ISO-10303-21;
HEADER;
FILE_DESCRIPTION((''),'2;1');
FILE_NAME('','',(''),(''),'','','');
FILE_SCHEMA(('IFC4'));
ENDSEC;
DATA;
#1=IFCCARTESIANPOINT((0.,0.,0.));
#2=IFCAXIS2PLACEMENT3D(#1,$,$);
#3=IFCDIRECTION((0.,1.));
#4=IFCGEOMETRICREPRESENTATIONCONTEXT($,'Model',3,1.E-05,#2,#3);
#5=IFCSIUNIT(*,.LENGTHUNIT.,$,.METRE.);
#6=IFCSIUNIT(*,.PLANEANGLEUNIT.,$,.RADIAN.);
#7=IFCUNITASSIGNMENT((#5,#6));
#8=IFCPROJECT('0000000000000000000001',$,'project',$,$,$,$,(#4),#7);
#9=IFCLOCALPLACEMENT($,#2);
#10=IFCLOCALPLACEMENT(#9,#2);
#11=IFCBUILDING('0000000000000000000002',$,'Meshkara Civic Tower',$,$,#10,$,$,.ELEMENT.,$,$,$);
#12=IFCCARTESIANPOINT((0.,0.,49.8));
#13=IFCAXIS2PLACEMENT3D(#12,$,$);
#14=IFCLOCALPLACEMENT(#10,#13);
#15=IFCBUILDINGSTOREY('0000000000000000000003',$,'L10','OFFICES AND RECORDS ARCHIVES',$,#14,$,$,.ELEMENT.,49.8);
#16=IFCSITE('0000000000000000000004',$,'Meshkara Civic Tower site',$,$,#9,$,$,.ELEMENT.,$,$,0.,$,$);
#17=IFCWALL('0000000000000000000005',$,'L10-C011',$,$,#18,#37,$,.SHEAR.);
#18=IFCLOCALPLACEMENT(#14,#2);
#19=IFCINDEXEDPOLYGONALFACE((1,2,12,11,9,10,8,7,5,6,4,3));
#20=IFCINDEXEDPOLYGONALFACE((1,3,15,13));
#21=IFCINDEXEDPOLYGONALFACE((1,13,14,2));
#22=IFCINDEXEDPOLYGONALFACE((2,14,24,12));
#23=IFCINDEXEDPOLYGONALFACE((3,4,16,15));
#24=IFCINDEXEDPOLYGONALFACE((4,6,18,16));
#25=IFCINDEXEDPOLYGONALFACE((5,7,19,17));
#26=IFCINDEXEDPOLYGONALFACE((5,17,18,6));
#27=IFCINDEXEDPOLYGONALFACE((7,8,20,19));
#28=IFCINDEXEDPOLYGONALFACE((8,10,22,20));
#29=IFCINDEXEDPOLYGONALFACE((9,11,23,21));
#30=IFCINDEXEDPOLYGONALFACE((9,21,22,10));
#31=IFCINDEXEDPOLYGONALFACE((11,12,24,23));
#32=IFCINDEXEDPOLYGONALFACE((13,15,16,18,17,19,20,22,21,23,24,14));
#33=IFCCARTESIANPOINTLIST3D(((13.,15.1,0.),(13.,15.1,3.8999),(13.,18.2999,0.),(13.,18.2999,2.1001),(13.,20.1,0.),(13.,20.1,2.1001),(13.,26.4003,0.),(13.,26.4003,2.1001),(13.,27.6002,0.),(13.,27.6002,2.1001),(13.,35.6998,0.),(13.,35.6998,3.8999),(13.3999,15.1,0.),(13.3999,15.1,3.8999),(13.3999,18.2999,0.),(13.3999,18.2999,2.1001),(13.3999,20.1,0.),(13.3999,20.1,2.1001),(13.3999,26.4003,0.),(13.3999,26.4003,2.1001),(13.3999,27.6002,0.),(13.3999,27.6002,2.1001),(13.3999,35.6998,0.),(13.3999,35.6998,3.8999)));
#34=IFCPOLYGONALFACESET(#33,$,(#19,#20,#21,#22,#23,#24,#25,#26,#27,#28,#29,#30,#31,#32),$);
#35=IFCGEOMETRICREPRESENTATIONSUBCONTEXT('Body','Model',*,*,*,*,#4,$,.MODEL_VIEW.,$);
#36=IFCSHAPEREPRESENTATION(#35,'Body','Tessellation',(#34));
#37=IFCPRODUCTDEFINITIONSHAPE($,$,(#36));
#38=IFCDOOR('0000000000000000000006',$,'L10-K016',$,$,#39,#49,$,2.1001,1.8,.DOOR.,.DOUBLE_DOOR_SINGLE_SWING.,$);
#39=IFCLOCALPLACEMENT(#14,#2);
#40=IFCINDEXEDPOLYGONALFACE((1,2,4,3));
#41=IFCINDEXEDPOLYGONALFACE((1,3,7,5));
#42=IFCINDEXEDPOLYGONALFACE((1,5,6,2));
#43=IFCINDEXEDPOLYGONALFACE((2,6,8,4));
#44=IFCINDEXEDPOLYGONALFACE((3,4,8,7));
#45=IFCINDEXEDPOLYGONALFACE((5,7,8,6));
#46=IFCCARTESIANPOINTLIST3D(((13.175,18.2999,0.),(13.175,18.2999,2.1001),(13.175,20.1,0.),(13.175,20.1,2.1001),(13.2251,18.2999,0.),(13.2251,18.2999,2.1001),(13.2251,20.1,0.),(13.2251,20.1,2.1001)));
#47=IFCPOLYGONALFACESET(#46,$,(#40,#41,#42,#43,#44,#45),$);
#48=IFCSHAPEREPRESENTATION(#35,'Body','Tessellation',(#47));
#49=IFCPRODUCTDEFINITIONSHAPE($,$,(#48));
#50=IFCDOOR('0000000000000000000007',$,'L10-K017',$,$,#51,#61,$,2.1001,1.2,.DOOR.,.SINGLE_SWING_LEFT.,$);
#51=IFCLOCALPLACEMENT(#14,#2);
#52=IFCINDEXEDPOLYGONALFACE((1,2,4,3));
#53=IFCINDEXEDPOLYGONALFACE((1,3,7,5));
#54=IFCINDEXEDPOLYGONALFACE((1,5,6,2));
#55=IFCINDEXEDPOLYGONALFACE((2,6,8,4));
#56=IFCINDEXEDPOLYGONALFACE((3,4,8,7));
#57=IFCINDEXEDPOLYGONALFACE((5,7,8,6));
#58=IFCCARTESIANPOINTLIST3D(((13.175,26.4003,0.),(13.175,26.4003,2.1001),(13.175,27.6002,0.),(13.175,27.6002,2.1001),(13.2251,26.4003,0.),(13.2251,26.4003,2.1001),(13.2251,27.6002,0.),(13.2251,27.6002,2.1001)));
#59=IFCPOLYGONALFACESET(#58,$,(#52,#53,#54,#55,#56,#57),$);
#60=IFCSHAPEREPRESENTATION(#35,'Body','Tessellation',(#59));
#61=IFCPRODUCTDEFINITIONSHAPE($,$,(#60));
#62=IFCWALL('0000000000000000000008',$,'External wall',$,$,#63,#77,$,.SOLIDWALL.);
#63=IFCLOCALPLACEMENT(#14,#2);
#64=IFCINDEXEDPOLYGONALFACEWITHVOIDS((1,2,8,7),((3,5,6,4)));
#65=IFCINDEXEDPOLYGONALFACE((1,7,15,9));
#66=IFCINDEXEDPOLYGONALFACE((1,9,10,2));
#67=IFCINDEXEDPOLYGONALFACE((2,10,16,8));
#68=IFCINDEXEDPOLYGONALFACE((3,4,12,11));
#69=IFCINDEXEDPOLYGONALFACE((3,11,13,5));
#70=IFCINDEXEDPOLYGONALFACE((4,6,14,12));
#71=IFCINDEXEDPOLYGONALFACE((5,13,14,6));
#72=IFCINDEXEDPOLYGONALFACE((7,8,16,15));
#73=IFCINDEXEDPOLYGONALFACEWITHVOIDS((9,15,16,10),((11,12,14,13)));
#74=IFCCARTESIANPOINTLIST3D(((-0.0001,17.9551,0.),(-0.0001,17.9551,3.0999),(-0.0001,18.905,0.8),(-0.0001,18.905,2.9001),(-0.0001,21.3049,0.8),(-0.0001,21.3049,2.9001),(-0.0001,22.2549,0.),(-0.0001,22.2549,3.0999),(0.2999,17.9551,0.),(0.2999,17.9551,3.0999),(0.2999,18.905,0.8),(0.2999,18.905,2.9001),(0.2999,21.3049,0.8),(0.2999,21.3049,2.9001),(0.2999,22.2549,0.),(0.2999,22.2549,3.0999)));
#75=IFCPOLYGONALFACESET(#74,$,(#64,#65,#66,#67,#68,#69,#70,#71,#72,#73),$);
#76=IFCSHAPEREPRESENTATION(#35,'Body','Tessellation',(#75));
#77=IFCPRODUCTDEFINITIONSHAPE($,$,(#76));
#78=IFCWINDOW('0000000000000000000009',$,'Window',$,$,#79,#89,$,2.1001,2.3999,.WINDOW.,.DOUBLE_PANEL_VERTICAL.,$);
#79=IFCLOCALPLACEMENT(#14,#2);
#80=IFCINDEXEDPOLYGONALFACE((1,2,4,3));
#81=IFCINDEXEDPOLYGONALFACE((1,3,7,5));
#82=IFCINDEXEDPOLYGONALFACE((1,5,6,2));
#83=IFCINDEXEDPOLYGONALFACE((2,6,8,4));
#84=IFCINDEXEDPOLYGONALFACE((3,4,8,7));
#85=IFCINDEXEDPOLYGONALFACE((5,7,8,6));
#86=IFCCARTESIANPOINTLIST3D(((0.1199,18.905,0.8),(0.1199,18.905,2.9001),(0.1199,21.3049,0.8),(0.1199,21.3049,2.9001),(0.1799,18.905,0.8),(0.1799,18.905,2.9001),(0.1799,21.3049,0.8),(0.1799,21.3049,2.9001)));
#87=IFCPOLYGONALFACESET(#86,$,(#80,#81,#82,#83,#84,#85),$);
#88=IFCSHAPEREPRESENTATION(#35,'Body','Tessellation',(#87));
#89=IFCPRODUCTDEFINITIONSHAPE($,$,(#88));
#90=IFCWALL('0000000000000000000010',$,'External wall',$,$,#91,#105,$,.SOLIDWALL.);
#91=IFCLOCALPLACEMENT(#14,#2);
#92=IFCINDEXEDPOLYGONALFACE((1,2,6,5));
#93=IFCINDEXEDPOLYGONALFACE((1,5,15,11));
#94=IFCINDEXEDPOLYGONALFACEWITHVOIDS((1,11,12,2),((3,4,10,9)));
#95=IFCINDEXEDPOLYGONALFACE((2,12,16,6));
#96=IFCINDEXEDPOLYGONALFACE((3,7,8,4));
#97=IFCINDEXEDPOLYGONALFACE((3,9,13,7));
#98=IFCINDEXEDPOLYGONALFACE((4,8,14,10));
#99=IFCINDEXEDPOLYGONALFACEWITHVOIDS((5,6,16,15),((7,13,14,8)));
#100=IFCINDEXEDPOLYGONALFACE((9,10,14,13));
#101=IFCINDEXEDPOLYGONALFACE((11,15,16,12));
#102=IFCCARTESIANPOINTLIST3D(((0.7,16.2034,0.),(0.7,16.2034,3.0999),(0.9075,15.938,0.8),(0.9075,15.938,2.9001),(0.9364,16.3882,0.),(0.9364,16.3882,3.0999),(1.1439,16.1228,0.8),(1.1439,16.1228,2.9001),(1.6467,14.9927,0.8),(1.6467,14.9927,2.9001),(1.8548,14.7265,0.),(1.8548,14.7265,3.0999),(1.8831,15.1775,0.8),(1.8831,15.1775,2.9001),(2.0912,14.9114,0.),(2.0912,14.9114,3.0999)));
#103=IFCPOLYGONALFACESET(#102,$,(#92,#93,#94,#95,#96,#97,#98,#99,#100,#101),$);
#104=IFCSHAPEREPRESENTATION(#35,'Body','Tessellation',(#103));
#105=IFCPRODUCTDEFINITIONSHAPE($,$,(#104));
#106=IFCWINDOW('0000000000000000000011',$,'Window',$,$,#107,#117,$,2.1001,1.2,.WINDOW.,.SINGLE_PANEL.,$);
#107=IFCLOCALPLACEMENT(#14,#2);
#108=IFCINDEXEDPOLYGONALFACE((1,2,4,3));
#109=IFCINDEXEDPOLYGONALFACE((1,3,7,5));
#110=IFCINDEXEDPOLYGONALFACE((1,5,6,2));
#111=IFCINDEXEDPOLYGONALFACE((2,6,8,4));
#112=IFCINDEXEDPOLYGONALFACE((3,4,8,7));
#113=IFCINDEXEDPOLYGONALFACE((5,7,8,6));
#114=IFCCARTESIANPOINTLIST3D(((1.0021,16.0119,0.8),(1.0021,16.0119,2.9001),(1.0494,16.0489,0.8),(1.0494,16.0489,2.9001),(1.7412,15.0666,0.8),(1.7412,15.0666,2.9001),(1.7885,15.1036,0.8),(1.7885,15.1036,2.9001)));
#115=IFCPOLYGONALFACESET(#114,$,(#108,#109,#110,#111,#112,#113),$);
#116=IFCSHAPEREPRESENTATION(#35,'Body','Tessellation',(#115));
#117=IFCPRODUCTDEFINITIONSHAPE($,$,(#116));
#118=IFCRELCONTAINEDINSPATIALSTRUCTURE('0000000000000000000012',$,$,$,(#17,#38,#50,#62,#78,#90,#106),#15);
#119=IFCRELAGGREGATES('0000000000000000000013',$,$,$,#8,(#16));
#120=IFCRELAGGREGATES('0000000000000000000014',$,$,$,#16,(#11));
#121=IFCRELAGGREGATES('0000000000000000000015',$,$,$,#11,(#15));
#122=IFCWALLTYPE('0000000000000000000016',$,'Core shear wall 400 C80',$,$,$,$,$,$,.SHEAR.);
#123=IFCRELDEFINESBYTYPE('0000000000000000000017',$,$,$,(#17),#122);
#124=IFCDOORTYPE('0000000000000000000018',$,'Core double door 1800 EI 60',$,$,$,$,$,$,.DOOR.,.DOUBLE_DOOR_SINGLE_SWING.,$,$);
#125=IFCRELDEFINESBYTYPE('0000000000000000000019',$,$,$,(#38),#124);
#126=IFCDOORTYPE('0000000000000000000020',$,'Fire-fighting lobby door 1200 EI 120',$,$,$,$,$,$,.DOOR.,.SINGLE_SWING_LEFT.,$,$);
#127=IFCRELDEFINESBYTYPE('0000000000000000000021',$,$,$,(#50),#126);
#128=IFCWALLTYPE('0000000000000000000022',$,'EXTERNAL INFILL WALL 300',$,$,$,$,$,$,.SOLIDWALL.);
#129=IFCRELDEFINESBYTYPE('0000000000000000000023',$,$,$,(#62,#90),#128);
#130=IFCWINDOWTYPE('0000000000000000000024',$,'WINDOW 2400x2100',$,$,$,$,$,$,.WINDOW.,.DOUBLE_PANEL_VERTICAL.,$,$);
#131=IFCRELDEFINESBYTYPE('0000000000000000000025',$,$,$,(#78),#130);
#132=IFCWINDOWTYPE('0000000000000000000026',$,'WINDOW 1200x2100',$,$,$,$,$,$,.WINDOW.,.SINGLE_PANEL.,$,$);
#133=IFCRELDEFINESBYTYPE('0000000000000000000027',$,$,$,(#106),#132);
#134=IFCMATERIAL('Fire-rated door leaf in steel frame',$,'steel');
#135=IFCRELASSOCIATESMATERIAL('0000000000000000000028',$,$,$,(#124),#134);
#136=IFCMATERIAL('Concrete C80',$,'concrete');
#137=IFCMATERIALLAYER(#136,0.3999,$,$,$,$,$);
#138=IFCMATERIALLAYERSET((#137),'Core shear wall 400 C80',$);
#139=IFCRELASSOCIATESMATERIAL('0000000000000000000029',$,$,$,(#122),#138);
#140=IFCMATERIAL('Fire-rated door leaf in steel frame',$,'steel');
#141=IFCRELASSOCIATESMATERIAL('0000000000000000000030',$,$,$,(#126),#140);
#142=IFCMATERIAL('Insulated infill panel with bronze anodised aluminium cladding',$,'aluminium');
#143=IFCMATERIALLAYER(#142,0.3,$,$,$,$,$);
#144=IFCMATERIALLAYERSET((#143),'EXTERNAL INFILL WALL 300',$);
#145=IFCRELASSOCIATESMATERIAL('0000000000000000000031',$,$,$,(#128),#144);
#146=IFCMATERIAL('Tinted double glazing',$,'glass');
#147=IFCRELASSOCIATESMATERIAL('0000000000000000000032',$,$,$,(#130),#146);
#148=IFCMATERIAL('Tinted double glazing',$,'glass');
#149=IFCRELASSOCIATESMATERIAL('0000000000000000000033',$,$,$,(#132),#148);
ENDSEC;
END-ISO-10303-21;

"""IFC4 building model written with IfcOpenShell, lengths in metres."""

from ifc_helpers import new_model, si_unit, direction, frame, frame_2d, origin, place, context, subcontext, project, spatial, rectangle, extrude, material, layer, layer_set, type_object, element, fill, save


model = new_model("IFC4")

# Units and contexts
model_context = context("Model", 3, precision=1e-05, world=origin(), true_north=direction((0.0, 1.0)))
body_context = subcontext(model_context, "Body", "Model", "MODEL_VIEW")
ifc_project = project(units=[si_unit("LENGTHUNIT", "METRE"), si_unit("PLANEANGLEUNIT", "RADIAN")], contexts=[model_context])

# Site, building, storey
site_placement = place(None, origin())
site = spatial("IfcSite", under=ifc_project, at=site_placement, Name="Meshkara Civic Tower site", CompositionType="ELEMENT", RefElevation=0.0)
building_placement = place(site_placement, origin())
building = spatial("IfcBuilding", under=site, at=building_placement, Name="Meshkara Civic Tower", CompositionType="ELEMENT")
storey_placement = place(building_placement, frame((0.0, 0.0, 49.8)))
storey = spatial("IfcBuildingStorey", under=building, at=storey_placement, Name="L10", Description="OFFICES AND RECORDS ARCHIVES", CompositionType="ELEMENT", Elevation=49.8)

# Shared definitions
ifc_material_1 = material(Name="Fire-rated door leaf in steel frame", Category="steel")
door_type_1 = type_object("IfcDoorType", Name="Core double door 1800 EI 60", OperationType="DOUBLE_DOOR_SINGLE_SWING", PredefinedType="DOOR", material=ifc_material_1)

# Wall, openings, doors
ifc_material_2 = material(Name="Concrete C80", Category="concrete")
ifc_layer_1 = layer(ifc_material_2, 0.3999)
ifc_layer_set_1 = layer_set([ifc_layer_1], Name="Core shear wall 400 C80")
wall_type_1 = type_object("IfcWallType", Name="Core shear wall 400 C80", PredefinedType="SHEAR", material=ifc_layer_set_1)
wall_1_placement = place(storey_placement, frame((13.2, 15.1001, 0.0), z_axis=(0.0, 0.0, 1.0), x_axis=(0.0, 1.0, 0.0)))
wall_1 = element("IfcWall", 1, at=wall_1_placement, inside=storey, type_object=wall_type_1, Name="L10-C011", PredefinedType="SHEAR", context=body_context, shape_type="SweptSolid", body=[
    extrude(rectangle(XDim=20.5999, YDim=0.3999, at=frame_2d((10.2998, 0.0))), origin(), (0.0, 0.0, 1.0), 3.8999),
])
opening_1_placement = place(wall_1_placement, frame((3.2, 0.0, 0.0)))
opening_1 = element("IfcOpeningElement", 2, at=opening_1_placement, cuts=wall_1, PredefinedType="OPENING", context=body_context, shape_type="SweptSolid", body=[
    extrude(rectangle(XDim=1.8, YDim=2.1001, at=frame_2d((0.8999, 1.05))), frame((0.0, 0.21, 0.0), z_axis=(0.0, -1.0, 0.0), x_axis=(1.0, 0.0, 0.0)), (0.0, 0.0, 1.0), 0.4199),
])
opening_2_placement = place(wall_1_placement, frame((11.3, 0.0, 0.0)))
opening_2 = element("IfcOpeningElement", 3, at=opening_2_placement, cuts=wall_1, PredefinedType="OPENING", context=body_context, shape_type="SweptSolid", body=[
    extrude(rectangle(XDim=1.2, YDim=2.1001, at=frame_2d((0.6001, 1.05))), frame((0.0, 0.21, 0.0), z_axis=(0.0, -1.0, 0.0), x_axis=(1.0, 0.0, 0.0)), (0.0, 0.0, 1.0), 0.4199),
])
door_1_placement = place(opening_1_placement, origin())
door_1 = element("IfcDoor", 4, at=door_1_placement, inside=storey, type_object=door_type_1, Name="L10-K016", OperationType="DOUBLE_DOOR_SINGLE_SWING", OverallHeight=2.1001, OverallWidth=1.8, PredefinedType="DOOR", context=body_context, shape_type="SweptSolid", body=[
    extrude(rectangle(XDim=1.8, YDim=2.1001, at=frame_2d((0.8999, 1.05))), frame((0.0, 0.0249, 0.0), z_axis=(0.0, -1.0, 0.0), x_axis=(1.0, 0.0, 0.0)), (0.0, 0.0, 1.0), 0.05),
])
fill(opening_1, door_1)
ifc_material_3 = material(Name="Fire-rated door leaf in steel frame", Category="steel")
door_type_2 = type_object("IfcDoorType", Name="Fire-fighting lobby door 1200 EI 120", OperationType="SINGLE_SWING_LEFT", PredefinedType="DOOR", material=ifc_material_3)
door_2_placement = place(opening_2_placement, origin())
door_2 = element("IfcDoor", 5, at=door_2_placement, inside=storey, type_object=door_type_2, Name="L10-K017", OperationType="SINGLE_SWING_LEFT", OverallHeight=2.1001, OverallWidth=1.2, PredefinedType="DOOR", context=body_context, shape_type="SweptSolid", body=[
    extrude(rectangle(XDim=1.2, YDim=2.1001, at=frame_2d((0.6001, 1.05))), frame((0.0, 0.0249, 0.0), z_axis=(0.0, -1.0, 0.0), x_axis=(1.0, 0.0, 0.0)), (0.0, 0.0, 1.0), 0.05),
])
fill(opening_2, door_2)

# Walls, openings, windows
ifc_material_4 = material(Name="Insulated infill panel with bronze anodised aluminium cladding", Category="aluminium")
ifc_layer_2 = layer(ifc_material_4, 0.3)
ifc_layer_set_2 = layer_set([ifc_layer_2], Name="EXTERNAL INFILL WALL 300")
wall_type_2 = type_object("IfcWallType", Name="EXTERNAL INFILL WALL 300", PredefinedType="SOLIDWALL", material=ifc_layer_set_2)
wall_2_placement = place(storey_placement, frame((0.1499, 22.2549, 0.0), z_axis=(0.0, 0.0, 1.0), x_axis=(0.0, -1.0, 0.0)))
wall_2 = element("IfcWall", 6, at=wall_2_placement, inside=storey, type_object=wall_type_2, Name="External wall", PredefinedType="SOLIDWALL", context=body_context, shape_type="SweptSolid", body=[
    extrude(rectangle(XDim=4.2998, YDim=0.3, at=frame_2d((2.1499, 0.0))), origin(), (0.0, 0.0, 1.0), 3.0999),
])
opening_3_placement = place(wall_2_placement, frame((0.95, 0.0, 0.8)))
opening_3 = element("IfcOpeningElement", 7, at=opening_3_placement, cuts=wall_2, PredefinedType="OPENING", context=body_context, shape_type="SweptSolid", body=[
    extrude(rectangle(XDim=2.3999, YDim=2.1001, at=frame_2d((1.2, 1.05))), frame((0.0, 0.1599, 0.0), z_axis=(0.0, -1.0, 0.0), x_axis=(1.0, 0.0, 0.0)), (0.0, 0.0, 1.0), 0.3201),
])
ifc_material_5 = material(Name="Tinted double glazing", Category="glass")
window_type_1 = type_object("IfcWindowType", Name="WINDOW 2400x2100", PartitioningType="DOUBLE_PANEL_VERTICAL", PredefinedType="WINDOW", material=ifc_material_5)
window_1_placement = place(opening_3_placement, origin())
window_1 = element("IfcWindow", 8, at=window_1_placement, inside=storey, type_object=window_type_1, Name="Window", OverallHeight=2.1001, OverallWidth=2.3999, PartitioningType="DOUBLE_PANEL_VERTICAL", PredefinedType="WINDOW", context=body_context, shape_type="SweptSolid", body=[
    extrude(rectangle(XDim=2.3999, YDim=2.1001, at=frame_2d((1.2, 1.05))), frame((0.0, 0.03, 0.0), z_axis=(0.0, -1.0, 0.0), x_axis=(1.0, 0.0, 0.0)), (0.0, 0.0, 1.0), 0.0601),
])
fill(opening_3, window_1)
wall_3_placement = place(storey_placement, frame((0.8181, 16.2959, 0.0), z_axis=(0.0, 0.0, 1.0), x_axis=(0.615985, -0.787758, 0.0)))
wall_3 = element("IfcWall", 9, at=wall_3_placement, inside=storey, type_object=wall_type_2, Name="External wall", PredefinedType="SOLIDWALL", context=body_context, shape_type="SweptSolid", body=[
    extrude(rectangle(XDim=1.8748, YDim=0.3, at=frame_2d((0.9375, 0.0))), origin(), (0.0, 0.0, 1.0), 3.0999),
])
opening_4_placement = place(wall_3_placement, frame((0.3369, 0.0, 0.8)))
opening_4 = element("IfcOpeningElement", 10, at=opening_4_placement, cuts=wall_3, PredefinedType="OPENING", context=body_context, shape_type="SweptSolid", body=[
    extrude(rectangle(XDim=1.2, YDim=2.1001, at=frame_2d((0.6001, 1.05))), frame((0.0, 0.1599, 0.0), z_axis=(0.0, -1.0, 0.0), x_axis=(1.0, 0.0, 0.0)), (0.0, 0.0, 1.0), 0.3201),
])
ifc_material_6 = material(Name="Tinted double glazing", Category="glass")
window_type_2 = type_object("IfcWindowType", Name="WINDOW 1200x2100", PartitioningType="SINGLE_PANEL", PredefinedType="WINDOW", material=ifc_material_6)
window_2_placement = place(opening_4_placement, origin())
window_2 = element("IfcWindow", 11, at=window_2_placement, inside=storey, type_object=window_type_2, Name="Window", OverallHeight=2.1001, OverallWidth=1.2, PartitioningType="SINGLE_PANEL", PredefinedType="WINDOW", context=body_context, shape_type="SweptSolid", body=[
    extrude(rectangle(XDim=1.2, YDim=2.1001, at=frame_2d((0.6001, 1.05))), frame((0.0, 0.03, 0.0), z_axis=(0.0, -1.0, 0.0), x_axis=(1.0, 0.0, 0.0)), (0.0, 0.0, 1.0), 0.0601),
])
fill(opening_4, window_2)

save(model, "model.ifc")
